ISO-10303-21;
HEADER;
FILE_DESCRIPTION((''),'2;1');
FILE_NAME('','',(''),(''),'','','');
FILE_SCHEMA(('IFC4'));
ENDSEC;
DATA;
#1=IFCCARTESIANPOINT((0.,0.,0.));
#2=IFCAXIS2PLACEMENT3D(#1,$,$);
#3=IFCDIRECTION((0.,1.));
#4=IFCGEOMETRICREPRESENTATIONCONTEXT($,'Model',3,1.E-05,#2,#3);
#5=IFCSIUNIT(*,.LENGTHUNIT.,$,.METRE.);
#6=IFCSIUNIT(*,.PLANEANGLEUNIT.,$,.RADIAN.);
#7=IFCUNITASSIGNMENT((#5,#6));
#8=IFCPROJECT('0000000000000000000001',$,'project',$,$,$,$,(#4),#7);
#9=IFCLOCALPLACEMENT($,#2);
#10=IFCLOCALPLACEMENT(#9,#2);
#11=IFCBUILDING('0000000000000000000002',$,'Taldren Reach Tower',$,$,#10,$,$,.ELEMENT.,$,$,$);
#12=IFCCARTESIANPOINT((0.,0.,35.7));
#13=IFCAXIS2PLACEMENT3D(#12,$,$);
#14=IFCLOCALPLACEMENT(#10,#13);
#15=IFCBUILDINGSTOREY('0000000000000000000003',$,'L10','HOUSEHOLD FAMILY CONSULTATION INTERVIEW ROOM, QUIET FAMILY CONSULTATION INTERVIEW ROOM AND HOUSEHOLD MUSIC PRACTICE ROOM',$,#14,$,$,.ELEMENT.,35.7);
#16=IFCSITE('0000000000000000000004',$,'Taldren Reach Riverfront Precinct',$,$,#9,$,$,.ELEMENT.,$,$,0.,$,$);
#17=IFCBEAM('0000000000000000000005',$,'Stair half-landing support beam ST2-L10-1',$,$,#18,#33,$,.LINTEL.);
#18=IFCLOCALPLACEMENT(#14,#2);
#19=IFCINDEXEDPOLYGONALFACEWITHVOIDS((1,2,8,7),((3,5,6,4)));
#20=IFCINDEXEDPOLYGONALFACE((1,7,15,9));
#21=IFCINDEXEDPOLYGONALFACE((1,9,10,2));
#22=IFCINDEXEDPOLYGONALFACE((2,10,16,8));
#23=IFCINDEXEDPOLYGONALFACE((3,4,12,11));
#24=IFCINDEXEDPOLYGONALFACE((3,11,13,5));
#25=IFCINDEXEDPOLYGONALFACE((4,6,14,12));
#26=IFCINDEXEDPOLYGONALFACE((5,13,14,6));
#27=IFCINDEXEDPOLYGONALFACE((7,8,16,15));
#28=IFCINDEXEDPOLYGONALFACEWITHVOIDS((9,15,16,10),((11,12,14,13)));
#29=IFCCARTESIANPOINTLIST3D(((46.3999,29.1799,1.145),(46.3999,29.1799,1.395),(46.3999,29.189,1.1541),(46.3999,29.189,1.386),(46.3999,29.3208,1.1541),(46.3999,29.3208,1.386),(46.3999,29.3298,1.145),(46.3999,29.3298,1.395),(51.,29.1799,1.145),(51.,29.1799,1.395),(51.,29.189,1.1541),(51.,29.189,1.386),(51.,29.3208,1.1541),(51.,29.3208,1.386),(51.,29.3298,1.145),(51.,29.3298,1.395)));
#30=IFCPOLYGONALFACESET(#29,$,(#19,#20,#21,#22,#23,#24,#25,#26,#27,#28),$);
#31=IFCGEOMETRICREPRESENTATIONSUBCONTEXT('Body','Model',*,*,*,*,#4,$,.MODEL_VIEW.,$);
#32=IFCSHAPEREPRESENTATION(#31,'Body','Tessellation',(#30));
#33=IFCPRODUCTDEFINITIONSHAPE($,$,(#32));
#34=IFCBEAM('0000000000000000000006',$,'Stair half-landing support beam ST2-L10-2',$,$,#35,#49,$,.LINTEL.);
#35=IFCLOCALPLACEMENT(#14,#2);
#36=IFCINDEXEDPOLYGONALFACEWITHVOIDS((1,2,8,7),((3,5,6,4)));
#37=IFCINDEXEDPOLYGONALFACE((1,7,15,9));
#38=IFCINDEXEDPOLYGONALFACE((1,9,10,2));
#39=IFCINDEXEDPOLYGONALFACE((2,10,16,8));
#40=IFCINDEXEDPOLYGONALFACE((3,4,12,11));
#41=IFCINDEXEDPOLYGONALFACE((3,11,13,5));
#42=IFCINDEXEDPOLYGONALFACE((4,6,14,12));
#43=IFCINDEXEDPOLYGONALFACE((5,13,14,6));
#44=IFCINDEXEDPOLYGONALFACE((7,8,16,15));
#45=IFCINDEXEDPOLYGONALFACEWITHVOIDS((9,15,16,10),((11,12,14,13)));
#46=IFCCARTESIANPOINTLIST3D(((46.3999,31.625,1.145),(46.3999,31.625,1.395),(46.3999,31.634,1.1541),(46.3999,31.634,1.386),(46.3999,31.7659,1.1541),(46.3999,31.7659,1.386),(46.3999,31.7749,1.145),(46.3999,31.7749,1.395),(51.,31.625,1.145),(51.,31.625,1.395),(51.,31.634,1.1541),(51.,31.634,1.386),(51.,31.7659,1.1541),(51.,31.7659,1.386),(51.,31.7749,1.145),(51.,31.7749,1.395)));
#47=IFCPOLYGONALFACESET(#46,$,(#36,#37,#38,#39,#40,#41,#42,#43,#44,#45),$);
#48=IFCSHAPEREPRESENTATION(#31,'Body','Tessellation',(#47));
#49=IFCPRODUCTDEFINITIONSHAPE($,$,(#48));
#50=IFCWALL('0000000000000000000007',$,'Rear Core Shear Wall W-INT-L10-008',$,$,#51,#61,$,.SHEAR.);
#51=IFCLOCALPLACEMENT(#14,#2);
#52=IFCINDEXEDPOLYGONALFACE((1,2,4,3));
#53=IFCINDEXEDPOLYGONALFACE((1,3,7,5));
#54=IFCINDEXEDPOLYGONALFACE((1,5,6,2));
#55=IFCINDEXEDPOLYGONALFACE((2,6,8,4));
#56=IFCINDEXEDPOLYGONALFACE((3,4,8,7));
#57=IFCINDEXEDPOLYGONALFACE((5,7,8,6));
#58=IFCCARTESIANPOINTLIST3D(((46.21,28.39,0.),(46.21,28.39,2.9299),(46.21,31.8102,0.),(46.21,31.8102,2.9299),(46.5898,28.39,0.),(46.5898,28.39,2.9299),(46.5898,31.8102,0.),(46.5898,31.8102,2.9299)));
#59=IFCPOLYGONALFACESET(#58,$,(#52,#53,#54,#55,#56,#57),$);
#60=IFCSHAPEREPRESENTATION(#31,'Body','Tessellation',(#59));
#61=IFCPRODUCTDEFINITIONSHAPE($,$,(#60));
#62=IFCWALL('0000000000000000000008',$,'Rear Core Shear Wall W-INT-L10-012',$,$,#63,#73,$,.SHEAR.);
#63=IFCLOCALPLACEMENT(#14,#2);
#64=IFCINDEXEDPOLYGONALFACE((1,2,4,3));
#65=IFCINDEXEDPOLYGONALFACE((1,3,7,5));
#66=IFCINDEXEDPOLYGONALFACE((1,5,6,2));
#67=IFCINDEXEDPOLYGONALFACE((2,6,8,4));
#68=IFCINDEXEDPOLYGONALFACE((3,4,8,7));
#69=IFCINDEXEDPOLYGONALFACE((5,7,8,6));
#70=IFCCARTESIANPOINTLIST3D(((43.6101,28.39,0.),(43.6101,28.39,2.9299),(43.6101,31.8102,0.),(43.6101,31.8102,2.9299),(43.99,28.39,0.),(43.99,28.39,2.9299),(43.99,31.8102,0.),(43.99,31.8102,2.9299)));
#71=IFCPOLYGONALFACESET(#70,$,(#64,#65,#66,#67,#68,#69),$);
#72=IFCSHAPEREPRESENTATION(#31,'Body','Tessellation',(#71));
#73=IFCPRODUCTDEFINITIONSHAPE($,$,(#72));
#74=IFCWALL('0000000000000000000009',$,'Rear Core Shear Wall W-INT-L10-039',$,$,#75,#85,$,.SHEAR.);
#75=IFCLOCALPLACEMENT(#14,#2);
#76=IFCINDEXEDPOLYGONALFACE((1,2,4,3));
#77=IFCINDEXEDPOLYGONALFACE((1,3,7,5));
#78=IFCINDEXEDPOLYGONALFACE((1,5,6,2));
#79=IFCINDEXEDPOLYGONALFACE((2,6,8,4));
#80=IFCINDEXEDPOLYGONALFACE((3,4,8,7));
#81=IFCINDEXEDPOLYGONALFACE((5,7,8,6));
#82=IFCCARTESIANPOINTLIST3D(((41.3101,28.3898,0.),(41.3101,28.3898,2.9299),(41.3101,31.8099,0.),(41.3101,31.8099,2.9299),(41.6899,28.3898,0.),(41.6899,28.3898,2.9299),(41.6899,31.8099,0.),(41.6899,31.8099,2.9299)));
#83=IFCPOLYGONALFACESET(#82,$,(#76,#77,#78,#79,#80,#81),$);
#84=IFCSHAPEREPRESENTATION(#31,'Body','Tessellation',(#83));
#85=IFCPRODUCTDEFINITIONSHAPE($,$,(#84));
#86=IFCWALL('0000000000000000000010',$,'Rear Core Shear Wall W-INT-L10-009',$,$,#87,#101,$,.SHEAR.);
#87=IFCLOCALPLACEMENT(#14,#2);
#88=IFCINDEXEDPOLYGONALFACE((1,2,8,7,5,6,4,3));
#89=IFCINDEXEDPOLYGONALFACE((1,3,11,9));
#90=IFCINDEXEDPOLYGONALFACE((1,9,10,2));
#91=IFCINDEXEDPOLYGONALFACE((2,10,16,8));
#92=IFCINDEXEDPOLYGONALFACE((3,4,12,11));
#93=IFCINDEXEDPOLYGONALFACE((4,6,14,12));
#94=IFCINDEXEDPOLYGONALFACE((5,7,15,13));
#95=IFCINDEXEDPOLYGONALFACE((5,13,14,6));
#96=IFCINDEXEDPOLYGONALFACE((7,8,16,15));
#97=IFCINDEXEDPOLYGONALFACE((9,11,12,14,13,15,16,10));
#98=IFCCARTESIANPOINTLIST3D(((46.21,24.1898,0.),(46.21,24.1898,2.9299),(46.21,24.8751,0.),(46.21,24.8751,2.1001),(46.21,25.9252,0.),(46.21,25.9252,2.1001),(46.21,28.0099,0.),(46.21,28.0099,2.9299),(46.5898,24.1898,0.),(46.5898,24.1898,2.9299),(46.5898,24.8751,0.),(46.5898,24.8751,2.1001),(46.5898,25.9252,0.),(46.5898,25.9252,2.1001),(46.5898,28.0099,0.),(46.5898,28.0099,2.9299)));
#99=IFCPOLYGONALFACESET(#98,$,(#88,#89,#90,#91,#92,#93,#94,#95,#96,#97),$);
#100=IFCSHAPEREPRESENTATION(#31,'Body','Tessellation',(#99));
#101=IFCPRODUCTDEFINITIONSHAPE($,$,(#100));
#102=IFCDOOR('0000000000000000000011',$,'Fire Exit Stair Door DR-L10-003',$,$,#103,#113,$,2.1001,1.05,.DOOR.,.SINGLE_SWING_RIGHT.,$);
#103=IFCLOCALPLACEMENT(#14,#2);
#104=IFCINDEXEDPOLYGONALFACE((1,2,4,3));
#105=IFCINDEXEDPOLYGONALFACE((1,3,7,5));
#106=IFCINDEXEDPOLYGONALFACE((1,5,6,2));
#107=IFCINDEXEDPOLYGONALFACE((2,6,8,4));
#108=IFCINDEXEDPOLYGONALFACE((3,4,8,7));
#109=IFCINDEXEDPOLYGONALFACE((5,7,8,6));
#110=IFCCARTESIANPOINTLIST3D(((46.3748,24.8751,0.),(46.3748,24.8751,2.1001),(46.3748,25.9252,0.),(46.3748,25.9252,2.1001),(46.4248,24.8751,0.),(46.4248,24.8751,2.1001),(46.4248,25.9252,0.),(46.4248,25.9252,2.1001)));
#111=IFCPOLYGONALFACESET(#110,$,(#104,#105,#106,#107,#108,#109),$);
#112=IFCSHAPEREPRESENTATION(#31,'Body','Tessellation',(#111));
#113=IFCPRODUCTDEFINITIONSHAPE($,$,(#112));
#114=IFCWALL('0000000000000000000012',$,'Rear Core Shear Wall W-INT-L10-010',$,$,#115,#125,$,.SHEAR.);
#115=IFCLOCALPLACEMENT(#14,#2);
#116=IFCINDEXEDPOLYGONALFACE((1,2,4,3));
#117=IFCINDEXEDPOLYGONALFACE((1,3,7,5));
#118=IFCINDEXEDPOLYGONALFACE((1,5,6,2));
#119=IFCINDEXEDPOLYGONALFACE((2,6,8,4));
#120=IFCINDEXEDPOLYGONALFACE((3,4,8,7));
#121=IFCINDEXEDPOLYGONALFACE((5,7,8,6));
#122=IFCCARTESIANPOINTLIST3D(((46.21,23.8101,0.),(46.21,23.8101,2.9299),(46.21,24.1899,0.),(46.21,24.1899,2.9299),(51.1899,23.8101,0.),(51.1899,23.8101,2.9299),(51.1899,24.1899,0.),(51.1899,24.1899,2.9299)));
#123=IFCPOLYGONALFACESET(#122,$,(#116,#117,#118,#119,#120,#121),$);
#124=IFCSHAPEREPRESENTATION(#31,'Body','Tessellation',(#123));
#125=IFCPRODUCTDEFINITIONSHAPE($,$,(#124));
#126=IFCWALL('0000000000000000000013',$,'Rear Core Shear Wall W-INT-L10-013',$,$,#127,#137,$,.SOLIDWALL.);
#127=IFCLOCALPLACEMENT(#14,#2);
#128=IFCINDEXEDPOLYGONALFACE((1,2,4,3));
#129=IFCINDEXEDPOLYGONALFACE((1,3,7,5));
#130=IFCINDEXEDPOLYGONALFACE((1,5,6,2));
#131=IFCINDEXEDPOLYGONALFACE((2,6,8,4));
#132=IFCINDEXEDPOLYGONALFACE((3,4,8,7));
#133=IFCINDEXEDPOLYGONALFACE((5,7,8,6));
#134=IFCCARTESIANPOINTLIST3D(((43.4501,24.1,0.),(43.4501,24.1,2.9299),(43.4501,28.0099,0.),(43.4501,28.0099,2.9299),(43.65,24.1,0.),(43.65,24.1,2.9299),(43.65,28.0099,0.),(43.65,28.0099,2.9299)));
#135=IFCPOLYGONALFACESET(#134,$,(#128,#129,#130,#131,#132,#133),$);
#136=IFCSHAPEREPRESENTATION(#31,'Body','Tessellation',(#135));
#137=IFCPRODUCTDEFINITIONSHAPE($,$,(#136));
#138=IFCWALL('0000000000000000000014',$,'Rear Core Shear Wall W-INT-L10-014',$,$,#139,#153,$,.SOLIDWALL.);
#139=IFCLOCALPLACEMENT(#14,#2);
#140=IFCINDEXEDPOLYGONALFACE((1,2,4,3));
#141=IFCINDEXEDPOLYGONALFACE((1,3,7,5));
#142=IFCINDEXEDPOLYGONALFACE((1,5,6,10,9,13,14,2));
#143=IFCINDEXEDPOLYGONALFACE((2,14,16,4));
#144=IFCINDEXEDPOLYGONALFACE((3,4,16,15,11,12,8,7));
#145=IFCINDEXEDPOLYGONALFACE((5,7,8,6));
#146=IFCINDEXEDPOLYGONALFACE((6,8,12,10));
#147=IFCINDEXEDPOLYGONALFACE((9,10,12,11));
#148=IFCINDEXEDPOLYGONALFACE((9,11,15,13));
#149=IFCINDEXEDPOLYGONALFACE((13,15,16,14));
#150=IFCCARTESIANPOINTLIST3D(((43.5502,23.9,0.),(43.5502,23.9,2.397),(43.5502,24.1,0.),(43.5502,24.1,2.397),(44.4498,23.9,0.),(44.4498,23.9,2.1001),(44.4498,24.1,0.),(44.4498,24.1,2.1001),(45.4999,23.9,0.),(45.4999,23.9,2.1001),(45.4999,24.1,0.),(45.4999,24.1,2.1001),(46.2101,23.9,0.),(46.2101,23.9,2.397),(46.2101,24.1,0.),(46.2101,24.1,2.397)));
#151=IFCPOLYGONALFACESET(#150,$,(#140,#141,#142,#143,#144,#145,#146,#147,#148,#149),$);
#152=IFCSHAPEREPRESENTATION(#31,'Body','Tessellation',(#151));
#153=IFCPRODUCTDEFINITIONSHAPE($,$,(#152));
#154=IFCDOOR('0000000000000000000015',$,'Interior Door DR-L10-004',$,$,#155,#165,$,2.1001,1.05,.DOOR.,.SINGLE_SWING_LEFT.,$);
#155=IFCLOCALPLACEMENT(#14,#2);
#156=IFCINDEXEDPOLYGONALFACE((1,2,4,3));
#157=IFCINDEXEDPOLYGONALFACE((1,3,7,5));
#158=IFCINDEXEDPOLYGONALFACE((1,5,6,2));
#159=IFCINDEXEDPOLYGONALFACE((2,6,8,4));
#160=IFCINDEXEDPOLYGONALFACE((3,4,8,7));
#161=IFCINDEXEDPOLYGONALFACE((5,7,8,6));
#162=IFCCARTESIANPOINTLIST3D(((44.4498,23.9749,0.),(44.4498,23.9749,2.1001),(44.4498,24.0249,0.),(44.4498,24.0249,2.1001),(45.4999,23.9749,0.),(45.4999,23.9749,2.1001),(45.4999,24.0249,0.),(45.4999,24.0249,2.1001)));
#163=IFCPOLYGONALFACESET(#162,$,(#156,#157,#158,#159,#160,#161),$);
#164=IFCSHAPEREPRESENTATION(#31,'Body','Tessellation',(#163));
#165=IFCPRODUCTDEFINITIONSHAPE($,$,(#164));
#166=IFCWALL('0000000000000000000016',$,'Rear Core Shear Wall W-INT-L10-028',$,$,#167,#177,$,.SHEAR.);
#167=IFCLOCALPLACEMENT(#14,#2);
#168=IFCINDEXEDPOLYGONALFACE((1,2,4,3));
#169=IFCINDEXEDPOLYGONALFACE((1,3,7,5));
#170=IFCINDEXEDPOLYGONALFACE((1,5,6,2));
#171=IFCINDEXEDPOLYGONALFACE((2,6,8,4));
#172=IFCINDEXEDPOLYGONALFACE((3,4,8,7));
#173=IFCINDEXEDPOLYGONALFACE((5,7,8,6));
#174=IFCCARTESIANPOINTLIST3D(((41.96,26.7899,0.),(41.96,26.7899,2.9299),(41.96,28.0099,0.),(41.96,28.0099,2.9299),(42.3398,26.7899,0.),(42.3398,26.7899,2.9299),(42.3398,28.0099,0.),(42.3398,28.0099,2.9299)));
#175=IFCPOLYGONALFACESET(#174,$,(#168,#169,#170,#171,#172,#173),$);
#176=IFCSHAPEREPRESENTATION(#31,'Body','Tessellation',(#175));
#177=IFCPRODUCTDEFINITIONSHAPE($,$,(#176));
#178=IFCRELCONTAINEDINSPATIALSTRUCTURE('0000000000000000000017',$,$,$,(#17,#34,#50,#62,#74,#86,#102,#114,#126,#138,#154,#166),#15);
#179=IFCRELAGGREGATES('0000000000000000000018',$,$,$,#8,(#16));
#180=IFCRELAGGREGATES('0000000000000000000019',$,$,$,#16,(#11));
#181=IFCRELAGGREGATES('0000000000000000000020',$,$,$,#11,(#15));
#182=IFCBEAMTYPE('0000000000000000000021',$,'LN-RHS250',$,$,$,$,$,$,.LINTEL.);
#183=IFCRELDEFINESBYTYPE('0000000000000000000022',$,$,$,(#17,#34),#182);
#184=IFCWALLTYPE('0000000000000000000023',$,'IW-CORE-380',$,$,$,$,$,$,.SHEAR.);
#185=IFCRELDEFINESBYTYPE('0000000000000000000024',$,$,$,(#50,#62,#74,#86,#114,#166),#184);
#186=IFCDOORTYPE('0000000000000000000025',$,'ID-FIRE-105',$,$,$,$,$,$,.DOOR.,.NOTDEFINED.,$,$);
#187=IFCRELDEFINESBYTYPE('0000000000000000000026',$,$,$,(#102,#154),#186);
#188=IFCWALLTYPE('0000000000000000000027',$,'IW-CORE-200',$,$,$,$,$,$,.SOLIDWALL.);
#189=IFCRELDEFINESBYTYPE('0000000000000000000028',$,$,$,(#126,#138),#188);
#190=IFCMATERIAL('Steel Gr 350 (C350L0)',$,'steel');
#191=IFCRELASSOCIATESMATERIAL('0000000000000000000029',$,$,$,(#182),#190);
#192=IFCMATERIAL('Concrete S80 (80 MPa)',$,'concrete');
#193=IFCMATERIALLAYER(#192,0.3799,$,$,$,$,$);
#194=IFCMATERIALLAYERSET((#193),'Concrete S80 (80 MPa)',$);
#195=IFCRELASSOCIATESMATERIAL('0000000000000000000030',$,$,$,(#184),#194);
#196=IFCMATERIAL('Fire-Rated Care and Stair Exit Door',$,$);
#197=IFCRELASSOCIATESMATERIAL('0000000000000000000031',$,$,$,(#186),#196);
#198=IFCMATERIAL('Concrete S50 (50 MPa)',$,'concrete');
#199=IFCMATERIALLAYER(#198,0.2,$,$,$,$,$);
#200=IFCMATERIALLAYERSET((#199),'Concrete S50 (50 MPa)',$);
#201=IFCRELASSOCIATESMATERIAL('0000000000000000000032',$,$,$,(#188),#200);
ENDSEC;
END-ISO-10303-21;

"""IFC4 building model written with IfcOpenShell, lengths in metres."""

from ifc_helpers import new_model, si_unit, direction, frame, frame_2d, origin, origin_2d, place, context, subcontext, project, spatial, rectangle, hollow_rectangle, extrude, source, transform, mapped, material, layer, layer_set, material_profile, profile_set, type_object, element, fill, save


model = new_model("IFC4")

# Units and contexts
model_context = context("Model", 3, precision=1e-05, world=origin(), true_north=direction((0.0, 1.0)))
body_context = subcontext(model_context, "Body", "Model", "MODEL_VIEW")
ifc_project = project(units=[si_unit("LENGTHUNIT", "METRE"), si_unit("PLANEANGLEUNIT", "RADIAN")], contexts=[model_context])

# Site, building, storey
site_placement = place(None, origin())
site = spatial("IfcSite", under=ifc_project, at=site_placement, Name="Taldren Reach Riverfront Precinct", CompositionType="ELEMENT", RefElevation=0.0)
building_placement = place(site_placement, origin())
building = spatial("IfcBuilding", under=site, at=building_placement, Name="Taldren Reach Tower", CompositionType="ELEMENT")
storey_placement = place(building_placement, frame((0.0, 0.0, 35.7)))
storey = spatial("IfcBuildingStorey", under=building, at=storey_placement, Name="L10", Description="HOUSEHOLD FAMILY CONSULTATION INTERVIEW ROOM, QUIET FAMILY CONSULTATION INTERVIEW ROOM AND HOUSEHOLD MUSIC PRACTICE ROOM", CompositionType="ELEMENT", Elevation=35.7)

# Beams
ifc_material_1 = material(Name="Steel Gr 350 (C350L0)", Category="steel")
ifc_material_profile = material_profile(ifc_material_1, hollow_rectangle(XDim=0.1499, YDim=0.25, WallThickness=0.009, at=origin_2d()), Name="250x150x9.0RHS")
ifc_profile_set = profile_set([ifc_material_profile], Name="Steel Gr 350 (C350L0)")
beam_type = type_object("IfcBeamType", Name="LN-RHS250", PredefinedType="LINTEL", material=ifc_profile_set)
shared_shape_1 = source(origin(), body_context, "Body", "SweptSolid", [
    extrude(hollow_rectangle(XDim=0.1499, YDim=0.25, WallThickness=0.009, at=origin_2d()), origin(), (0.0, 0.0, 1.0), 4.6001),
])
for number, where, z_axis, x_axis, name in (
    (1, (46.3999, 29.2549, 1.27), (1.0, 0.0, 0.0), (0.0, 1.0, 0.0), "Stair half-landing support beam ST2-L10-1"),
    (2, (46.3999, 31.7, 1.27), (1.0, 0.0, 0.0), (0.0, 1.0, 0.0), "Stair half-landing support beam ST2-L10-2"),
):
    element("IfcBeam", number, at=place(storey_placement, frame(where, z_axis=z_axis, x_axis=x_axis)), inside=storey, type_object=beam_type, Name=name, PredefinedType="LINTEL", context=body_context, shape_type="MappedRepresentation", body=[
        mapped(shared_shape_1, transform((0.0, 0.0, 0.0), scale=1.0)),
    ])

# Walls
ifc_material_2 = material(Name="Concrete S80 (80 MPa)", Category="concrete")
ifc_layer_1 = layer(ifc_material_2, 0.3799)
ifc_layer_set_1 = layer_set([ifc_layer_1], Name="Concrete S80 (80 MPa)")
wall_type_1 = type_object("IfcWallType", Name="IW-CORE-380", PredefinedType="SHEAR", material=ifc_layer_set_1)
shared_shape_2 = source(origin(), body_context, "Body", "SweptSolid", [
    extrude(rectangle(XDim=3.4202, YDim=0.3799, at=frame_2d((1.71, 0.0))), origin(), (0.0, 0.0, 1.0), 2.9299),
])
for number, where, z_axis, x_axis, name in (
    (3, (46.3999, 31.8101, 0.0), (0.0, 0.0, 1.0), (0.0, -1.0, 0.0), "Rear Core Shear Wall W-INT-L10-008"),
    (4, (43.8, 31.8101, 0.0), (0.0, 0.0, 1.0), (0.0, -1.0, 0.0), "Rear Core Shear Wall W-INT-L10-012"),
    (5, (41.5, 28.3899, 0.0), (0.0, 0.0, 1.0), (0.0, 1.0, 0.0), "Rear Core Shear Wall W-INT-L10-039"),
):
    element("IfcWall", number, at=place(storey_placement, frame(where, z_axis=z_axis, x_axis=x_axis)), inside=storey, type_object=wall_type_1, Name=name, PredefinedType="SHEAR", context=body_context, shape_type="MappedRepresentation", body=[
        mapped(shared_shape_2, transform((0.0, 0.0, 0.0), scale=1.0)),
    ])

# Wall, opening, door
shared_shape_3 = source(origin(), body_context, "Body", "SweptSolid", [
    extrude(rectangle(XDim=3.8201, YDim=0.3799, at=frame_2d((1.9102, 0.0))), origin(), (0.0, 0.0, 1.0), 2.9299),
])
wall_1_placement = place(storey_placement, frame((46.3999, 28.01, 0.0), z_axis=(0.0, 0.0, 1.0), x_axis=(0.0, -1.0, 0.0)))
wall_1 = element("IfcWall", 6, at=wall_1_placement, inside=storey, type_object=wall_type_1, Name="Rear Core Shear Wall W-INT-L10-009", PredefinedType="SHEAR", context=body_context, shape_type="MappedRepresentation", body=[
    mapped(shared_shape_3, transform((0.0, 0.0, 0.0), scale=1.0)),
])
shared_shape_4 = source(origin(), body_context, "Body", "SweptSolid", [
    extrude(rectangle(XDim=1.05, YDim=2.1001, at=frame_2d((0.5249, 1.05))), frame((0.0, 0.2, 0.0), z_axis=(0.0, -1.0, 0.0), x_axis=(1.0, 0.0, 0.0)), (0.0, 0.0, 1.0), 0.3999),
])
opening_1_placement = place(wall_1_placement, frame((2.085, 0.0, 0.0)))
opening_1 = element("IfcOpeningElement", 7, at=opening_1_placement, cuts=wall_1, PredefinedType="OPENING", context=body_context, shape_type="MappedRepresentation", body=[
    mapped(shared_shape_4, transform((0.0, 0.0, 0.0), scale=1.0)),
])
ifc_material_3 = material(Name="Fire-Rated Care and Stair Exit Door")
door_type_1 = type_object("IfcDoorType", Name="ID-FIRE-105", OperationType="NOTDEFINED", PredefinedType="DOOR", material=ifc_material_3)
shared_shape_5 = source(origin(), body_context, "Body", "SweptSolid", [
    extrude(rectangle(XDim=1.05, YDim=2.1001, at=frame_2d((0.5249, 1.05))), frame((0.0, 0.0249, 0.0), z_axis=(0.0, -1.0, 0.0), x_axis=(1.0, 0.0, 0.0)), (0.0, 0.0, 1.0), 0.05),
])
door_1_placement = place(opening_1_placement, origin())
door_1 = element("IfcDoor", 8, at=door_1_placement, inside=storey, type_object=door_type_1, Name="Fire Exit Stair Door DR-L10-003", OperationType="SINGLE_SWING_RIGHT", OverallHeight=2.1001, OverallWidth=1.05, PredefinedType="DOOR", context=body_context, shape_type="MappedRepresentation", body=[
    mapped(shared_shape_5, transform((0.0, 0.0, 0.0), scale=1.0)),
])
fill(opening_1, door_1)

# Wall
shared_shape_6 = source(origin(), body_context, "Body", "SweptSolid", [
    extrude(rectangle(XDim=4.98, YDim=0.3799, at=frame_2d((2.49, 0.0))), origin(), (0.0, 0.0, 1.0), 2.9299),
])
wall_2_placement = place(storey_placement, frame((46.21, 24.0, 0.0), z_axis=(0.0, 0.0, 1.0), x_axis=(1.0, 0.0, 0.0)))
element("IfcWall", 9, at=wall_2_placement, inside=storey, type_object=wall_type_1, Name="Rear Core Shear Wall W-INT-L10-010", PredefinedType="SHEAR", context=body_context, shape_type="MappedRepresentation", body=[
    mapped(shared_shape_6, transform((0.0, 0.0, 0.0), scale=1.0)),
])

# Wall
ifc_material_4 = material(Name="Concrete S50 (50 MPa)", Category="concrete")
ifc_layer_2 = layer(ifc_material_4, 0.2)
ifc_layer_set_2 = layer_set([ifc_layer_2], Name="Concrete S50 (50 MPa)")
wall_type_2 = type_object("IfcWallType", Name="IW-CORE-200", PredefinedType="SOLIDWALL", material=ifc_layer_set_2)
shared_shape_7 = source(origin(), body_context, "Body", "SweptSolid", [
    extrude(rectangle(XDim=3.9099, YDim=0.2, at=frame_2d((1.9551, 0.0))), origin(), (0.0, 0.0, 1.0), 2.9299),
])
wall_3_placement = place(storey_placement, frame((43.55, 28.01, 0.0), z_axis=(0.0, 0.0, 1.0), x_axis=(0.0, -1.0, 0.0)))
element("IfcWall", 10, at=wall_3_placement, inside=storey, type_object=wall_type_2, Name="Rear Core Shear Wall W-INT-L10-013", PredefinedType="SOLIDWALL", context=body_context, shape_type="MappedRepresentation", body=[
    mapped(shared_shape_7, transform((0.0, 0.0, 0.0), scale=1.0)),
])

# Wall, opening, door
shared_shape_8 = source(origin(), body_context, "Body", "SweptSolid", [
    extrude(rectangle(XDim=2.6599, YDim=0.2, at=frame_2d((1.3301, 0.0))), origin(), (0.0, 0.0, 1.0), 2.397),
])
wall_4_placement = place(storey_placement, frame((43.55, 24.0, 0.0), z_axis=(0.0, 0.0, 1.0), x_axis=(1.0, 0.0, 0.0)))
wall_4 = element("IfcWall", 11, at=wall_4_placement, inside=storey, type_object=wall_type_2, Name="Rear Core Shear Wall W-INT-L10-014", PredefinedType="SOLIDWALL", context=body_context, shape_type="MappedRepresentation", body=[
    mapped(shared_shape_8, transform((0.0, 0.0, 0.0), scale=1.0)),
])
shared_shape_9 = source(origin(), body_context, "Body", "SweptSolid", [
    extrude(rectangle(XDim=1.05, YDim=2.1001, at=frame_2d((0.5249, 1.05))), frame((0.0, 0.1099, 0.0), z_axis=(0.0, -1.0, 0.0), x_axis=(1.0, 0.0, 0.0)), (0.0, 0.0, 1.0), 0.22),
])
opening_2_placement = place(wall_4_placement, frame((0.8999, 0.0, 0.0)))
opening_2 = element("IfcOpeningElement", 12, at=opening_2_placement, cuts=wall_4, PredefinedType="OPENING", context=body_context, shape_type="MappedRepresentation", body=[
    mapped(shared_shape_9, transform((0.0, 0.0, 0.0), scale=1.0)),
])
door_2_placement = place(opening_2_placement, origin())
door_2 = element("IfcDoor", 13, at=door_2_placement, inside=storey, type_object=door_type_1, Name="Interior Door DR-L10-004", OperationType="SINGLE_SWING_LEFT", OverallHeight=2.1001, OverallWidth=1.05, PredefinedType="DOOR", context=body_context, shape_type="MappedRepresentation", body=[
    mapped(shared_shape_5, transform((0.0, 0.0, 0.0), scale=1.0)),
])
fill(opening_2, door_2)

# Wall
shared_shape_10 = source(origin(), body_context, "Body", "SweptSolid", [
    extrude(rectangle(XDim=1.22, YDim=0.3799, at=frame_2d((0.6099, 0.0))), origin(), (0.0, 0.0, 1.0), 2.9299),
])
wall_5_placement = place(storey_placement, frame((42.1499, 26.79, 0.0), z_axis=(0.0, 0.0, 1.0), x_axis=(0.0, 1.0, 0.0)))
element("IfcWall", 14, at=wall_5_placement, inside=storey, type_object=wall_type_1, Name="Rear Core Shear Wall W-INT-L10-028", PredefinedType="SHEAR", context=body_context, shape_type="MappedRepresentation", body=[
    mapped(shared_shape_10, transform((0.0, 0.0, 0.0), scale=1.0)),
])

save(model, "model.ifc")
